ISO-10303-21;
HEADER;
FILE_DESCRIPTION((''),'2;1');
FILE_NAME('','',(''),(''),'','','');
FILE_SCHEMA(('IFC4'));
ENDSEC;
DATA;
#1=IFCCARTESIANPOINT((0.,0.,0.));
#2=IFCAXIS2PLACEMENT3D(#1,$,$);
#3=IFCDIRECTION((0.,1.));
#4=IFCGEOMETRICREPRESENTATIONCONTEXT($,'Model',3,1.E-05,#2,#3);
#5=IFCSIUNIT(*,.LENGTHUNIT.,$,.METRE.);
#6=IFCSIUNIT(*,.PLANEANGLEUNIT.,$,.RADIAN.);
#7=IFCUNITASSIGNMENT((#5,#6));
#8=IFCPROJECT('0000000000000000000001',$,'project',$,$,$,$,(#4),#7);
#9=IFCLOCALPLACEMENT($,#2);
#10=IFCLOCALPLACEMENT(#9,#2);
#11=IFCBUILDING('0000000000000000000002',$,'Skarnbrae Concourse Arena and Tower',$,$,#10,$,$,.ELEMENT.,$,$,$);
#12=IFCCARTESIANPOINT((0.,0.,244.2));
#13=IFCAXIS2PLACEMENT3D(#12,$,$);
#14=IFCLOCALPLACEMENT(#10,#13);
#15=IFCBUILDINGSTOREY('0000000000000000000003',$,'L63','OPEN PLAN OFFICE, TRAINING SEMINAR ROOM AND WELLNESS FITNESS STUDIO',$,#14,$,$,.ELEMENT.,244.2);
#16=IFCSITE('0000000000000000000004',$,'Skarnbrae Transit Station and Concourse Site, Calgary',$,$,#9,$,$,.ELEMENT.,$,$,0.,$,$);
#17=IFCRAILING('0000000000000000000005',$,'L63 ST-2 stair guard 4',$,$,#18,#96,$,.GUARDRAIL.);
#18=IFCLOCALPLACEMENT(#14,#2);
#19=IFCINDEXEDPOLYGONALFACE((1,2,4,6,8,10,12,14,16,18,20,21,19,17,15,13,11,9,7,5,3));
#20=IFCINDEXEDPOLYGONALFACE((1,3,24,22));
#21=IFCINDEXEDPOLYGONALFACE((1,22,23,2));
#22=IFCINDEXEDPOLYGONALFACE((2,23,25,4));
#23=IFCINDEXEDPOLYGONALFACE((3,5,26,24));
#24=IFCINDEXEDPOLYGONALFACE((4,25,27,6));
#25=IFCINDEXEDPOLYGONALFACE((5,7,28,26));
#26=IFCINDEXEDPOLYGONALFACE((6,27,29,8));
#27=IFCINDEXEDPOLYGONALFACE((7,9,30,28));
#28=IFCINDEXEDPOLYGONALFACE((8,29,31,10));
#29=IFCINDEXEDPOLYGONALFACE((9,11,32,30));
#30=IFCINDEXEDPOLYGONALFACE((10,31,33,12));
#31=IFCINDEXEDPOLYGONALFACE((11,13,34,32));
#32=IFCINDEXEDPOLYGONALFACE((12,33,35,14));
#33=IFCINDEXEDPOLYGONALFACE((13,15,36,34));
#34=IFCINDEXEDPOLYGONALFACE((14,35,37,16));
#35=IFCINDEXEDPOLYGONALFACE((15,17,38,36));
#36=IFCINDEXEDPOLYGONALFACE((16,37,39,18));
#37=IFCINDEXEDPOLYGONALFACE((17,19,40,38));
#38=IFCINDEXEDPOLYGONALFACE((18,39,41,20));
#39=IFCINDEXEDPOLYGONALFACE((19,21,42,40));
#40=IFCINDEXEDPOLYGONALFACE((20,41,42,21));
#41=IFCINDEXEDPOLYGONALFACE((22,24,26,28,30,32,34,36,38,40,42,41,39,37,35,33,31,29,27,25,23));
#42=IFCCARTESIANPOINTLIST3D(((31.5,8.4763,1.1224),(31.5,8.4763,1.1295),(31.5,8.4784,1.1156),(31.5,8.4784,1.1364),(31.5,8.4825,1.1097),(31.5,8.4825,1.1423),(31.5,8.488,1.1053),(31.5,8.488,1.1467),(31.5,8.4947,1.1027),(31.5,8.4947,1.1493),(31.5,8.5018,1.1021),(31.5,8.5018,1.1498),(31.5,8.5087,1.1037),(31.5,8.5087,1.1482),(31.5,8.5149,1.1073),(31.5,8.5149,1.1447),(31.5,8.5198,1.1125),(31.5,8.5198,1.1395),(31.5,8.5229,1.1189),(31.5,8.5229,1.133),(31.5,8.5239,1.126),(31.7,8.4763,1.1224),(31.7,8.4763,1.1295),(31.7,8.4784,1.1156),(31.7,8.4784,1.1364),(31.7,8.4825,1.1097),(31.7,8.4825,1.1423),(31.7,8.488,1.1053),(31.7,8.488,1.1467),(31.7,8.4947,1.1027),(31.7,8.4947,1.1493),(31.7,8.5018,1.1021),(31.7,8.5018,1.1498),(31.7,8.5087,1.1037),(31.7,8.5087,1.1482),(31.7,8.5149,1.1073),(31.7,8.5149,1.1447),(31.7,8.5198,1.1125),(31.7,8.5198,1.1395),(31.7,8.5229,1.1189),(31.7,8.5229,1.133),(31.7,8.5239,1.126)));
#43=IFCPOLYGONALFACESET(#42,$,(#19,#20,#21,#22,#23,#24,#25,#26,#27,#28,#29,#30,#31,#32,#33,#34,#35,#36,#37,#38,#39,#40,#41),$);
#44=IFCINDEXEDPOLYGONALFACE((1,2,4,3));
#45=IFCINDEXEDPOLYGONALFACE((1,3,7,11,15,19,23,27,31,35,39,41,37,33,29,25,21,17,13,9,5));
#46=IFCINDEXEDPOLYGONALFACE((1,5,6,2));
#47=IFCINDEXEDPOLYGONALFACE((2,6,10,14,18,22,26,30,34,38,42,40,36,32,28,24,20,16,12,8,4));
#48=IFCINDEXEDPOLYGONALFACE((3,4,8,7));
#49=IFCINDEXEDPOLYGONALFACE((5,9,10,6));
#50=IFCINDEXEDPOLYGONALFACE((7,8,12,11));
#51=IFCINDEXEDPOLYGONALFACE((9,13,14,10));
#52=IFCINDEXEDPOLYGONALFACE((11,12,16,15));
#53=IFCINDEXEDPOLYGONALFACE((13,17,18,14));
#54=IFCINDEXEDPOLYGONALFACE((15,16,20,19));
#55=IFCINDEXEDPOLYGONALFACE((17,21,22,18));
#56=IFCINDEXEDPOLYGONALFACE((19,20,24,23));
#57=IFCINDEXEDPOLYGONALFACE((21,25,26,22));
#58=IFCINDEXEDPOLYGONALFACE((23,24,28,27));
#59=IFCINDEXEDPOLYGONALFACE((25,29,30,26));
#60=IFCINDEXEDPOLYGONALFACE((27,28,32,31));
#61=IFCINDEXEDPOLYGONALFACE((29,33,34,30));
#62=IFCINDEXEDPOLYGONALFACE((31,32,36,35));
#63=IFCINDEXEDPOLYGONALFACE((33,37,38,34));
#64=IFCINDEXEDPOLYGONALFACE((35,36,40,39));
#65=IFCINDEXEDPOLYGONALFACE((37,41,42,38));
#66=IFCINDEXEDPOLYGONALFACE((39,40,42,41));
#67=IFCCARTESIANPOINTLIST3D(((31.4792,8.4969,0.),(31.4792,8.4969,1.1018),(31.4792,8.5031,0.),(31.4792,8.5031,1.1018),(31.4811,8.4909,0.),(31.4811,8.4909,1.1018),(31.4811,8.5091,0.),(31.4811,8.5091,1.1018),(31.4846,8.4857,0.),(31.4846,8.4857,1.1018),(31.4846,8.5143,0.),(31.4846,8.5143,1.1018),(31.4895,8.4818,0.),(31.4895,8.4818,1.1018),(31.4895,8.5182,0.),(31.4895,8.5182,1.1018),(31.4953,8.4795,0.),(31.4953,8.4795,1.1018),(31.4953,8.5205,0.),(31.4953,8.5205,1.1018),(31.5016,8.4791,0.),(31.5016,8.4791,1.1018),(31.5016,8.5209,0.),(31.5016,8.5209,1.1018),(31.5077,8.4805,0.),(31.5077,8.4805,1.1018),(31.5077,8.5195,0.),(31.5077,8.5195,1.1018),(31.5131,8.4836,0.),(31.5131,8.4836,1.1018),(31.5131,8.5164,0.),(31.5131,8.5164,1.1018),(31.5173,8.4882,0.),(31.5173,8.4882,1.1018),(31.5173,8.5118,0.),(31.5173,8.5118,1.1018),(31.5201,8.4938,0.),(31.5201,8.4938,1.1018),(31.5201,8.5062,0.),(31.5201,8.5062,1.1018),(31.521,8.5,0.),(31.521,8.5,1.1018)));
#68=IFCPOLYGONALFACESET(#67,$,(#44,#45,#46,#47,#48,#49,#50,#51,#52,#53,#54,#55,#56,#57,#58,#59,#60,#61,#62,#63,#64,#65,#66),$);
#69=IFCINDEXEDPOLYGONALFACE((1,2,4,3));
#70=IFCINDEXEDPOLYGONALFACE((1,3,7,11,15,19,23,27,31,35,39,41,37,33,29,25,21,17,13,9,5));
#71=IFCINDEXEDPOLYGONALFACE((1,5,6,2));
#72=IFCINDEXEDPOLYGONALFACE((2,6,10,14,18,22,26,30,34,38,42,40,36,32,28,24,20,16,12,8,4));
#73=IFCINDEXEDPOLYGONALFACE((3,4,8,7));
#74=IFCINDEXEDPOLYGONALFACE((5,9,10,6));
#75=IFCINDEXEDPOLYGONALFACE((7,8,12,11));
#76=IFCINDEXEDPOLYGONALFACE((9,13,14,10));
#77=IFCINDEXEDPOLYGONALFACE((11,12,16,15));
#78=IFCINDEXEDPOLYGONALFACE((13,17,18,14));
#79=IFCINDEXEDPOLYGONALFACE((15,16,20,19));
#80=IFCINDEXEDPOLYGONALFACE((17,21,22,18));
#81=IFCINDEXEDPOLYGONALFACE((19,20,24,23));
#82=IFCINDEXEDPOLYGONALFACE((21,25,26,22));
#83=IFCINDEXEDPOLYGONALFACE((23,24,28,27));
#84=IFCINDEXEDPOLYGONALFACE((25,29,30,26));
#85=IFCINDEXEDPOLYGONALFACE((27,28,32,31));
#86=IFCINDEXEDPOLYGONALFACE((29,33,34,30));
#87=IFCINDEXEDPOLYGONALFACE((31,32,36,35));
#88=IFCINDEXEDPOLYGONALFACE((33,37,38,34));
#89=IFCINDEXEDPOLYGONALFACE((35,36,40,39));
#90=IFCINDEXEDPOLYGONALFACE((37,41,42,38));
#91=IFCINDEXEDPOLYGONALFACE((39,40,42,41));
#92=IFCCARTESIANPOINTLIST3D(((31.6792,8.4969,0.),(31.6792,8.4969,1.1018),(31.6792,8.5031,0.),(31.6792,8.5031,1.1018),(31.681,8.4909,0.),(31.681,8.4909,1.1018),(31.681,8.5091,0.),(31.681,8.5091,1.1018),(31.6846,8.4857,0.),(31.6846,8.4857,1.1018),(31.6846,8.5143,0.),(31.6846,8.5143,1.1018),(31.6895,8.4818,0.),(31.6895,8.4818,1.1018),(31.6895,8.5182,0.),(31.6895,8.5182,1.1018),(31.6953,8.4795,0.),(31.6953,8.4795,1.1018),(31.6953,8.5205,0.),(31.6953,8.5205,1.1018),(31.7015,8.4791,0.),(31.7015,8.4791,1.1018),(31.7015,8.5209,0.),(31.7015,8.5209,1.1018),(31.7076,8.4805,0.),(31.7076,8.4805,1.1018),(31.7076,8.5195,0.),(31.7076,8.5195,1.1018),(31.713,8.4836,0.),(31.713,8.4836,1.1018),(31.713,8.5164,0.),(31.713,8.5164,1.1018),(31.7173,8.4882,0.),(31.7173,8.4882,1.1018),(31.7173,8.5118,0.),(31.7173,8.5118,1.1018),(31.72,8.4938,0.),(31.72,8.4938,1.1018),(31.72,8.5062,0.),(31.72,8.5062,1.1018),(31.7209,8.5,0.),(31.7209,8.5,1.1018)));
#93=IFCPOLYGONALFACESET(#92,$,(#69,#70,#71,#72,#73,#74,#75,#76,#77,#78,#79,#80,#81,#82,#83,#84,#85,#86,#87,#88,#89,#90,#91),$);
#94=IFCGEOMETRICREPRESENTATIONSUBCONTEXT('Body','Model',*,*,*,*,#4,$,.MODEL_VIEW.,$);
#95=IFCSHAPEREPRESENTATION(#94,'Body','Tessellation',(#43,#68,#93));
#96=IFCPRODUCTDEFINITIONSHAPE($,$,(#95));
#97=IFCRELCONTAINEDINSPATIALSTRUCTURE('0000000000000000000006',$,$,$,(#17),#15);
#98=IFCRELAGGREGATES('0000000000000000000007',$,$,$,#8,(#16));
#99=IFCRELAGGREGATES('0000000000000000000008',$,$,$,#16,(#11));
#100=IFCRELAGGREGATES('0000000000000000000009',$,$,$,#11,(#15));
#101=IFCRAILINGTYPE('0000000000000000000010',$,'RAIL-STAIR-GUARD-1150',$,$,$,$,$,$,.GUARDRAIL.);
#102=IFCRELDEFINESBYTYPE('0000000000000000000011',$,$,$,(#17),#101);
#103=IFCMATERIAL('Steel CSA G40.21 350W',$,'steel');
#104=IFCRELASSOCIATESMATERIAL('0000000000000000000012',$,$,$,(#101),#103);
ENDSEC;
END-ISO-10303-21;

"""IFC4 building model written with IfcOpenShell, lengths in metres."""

from ifc_helpers import new_model, si_unit, direction, frame, origin, origin_2d, place, context, subcontext, project, spatial, circle, extrude, material, type_object, element, save


model = new_model("IFC4")

# Units and contexts
model_context = context("Model", 3, precision=1e-05, world=origin(), true_north=direction((0.0, 1.0)))
body_context = subcontext(model_context, "Body", "Model", "MODEL_VIEW")
ifc_project = project(units=[si_unit("LENGTHUNIT", "METRE"), si_unit("PLANEANGLEUNIT", "RADIAN")], contexts=[model_context])

# Site, building, storey
site_placement = place(None, origin())
site = spatial("IfcSite", under=ifc_project, at=site_placement, Name="Skarnbrae Transit Station and Concourse Site, Calgary", CompositionType="ELEMENT", RefElevation=0.0)
building_placement = place(site_placement, origin())
building = spatial("IfcBuilding", under=site, at=building_placement, Name="Skarnbrae Concourse Arena and Tower", CompositionType="ELEMENT")
storey_placement = place(building_placement, frame((0.0, 0.0, 244.2)))
storey = spatial("IfcBuildingStorey", under=building, at=storey_placement, Name="L63", Description="OPEN PLAN OFFICE, TRAINING SEMINAR ROOM AND WELLNESS FITNESS STUDIO", CompositionType="ELEMENT", Elevation=244.2)

# Shared definitions
ifc_material_1 = material(Name="Steel CSA G40.21 350W", Category="steel")

# Railing
railing_type = type_object("IfcRailingType", Name="RAIL-STAIR-GUARD-1150", PredefinedType="GUARDRAIL", material=ifc_material_1)
railing_1_placement = place(storey_placement, frame((31.5, 8.5, 0.0)))
element("IfcRailing", 1, at=railing_1_placement, inside=storey, type_object=railing_type, Name="L63 ST-2 stair guard 4", PredefinedType="GUARDRAIL", context=body_context, shape_type="SweptSolid", body=[
    extrude(circle(Radius=0.0239, at=origin_2d()), frame((0.0, 0.0, 1.126), z_axis=(1.0, 0.0, 0.0), x_axis=(0.0, 1.0, 0.0)), (0.0, 0.0, 1.0), 0.2),
    extrude(circle(Radius=0.021, at=origin_2d()), origin(), (0.0, 0.0, 1.0), 1.1018),
    extrude(circle(Radius=0.021, at=origin_2d()), frame((0.2, 0.0, 0.0)), (0.0, 0.0, 1.0), 1.1018),
])

save(model, "model.ifc")
